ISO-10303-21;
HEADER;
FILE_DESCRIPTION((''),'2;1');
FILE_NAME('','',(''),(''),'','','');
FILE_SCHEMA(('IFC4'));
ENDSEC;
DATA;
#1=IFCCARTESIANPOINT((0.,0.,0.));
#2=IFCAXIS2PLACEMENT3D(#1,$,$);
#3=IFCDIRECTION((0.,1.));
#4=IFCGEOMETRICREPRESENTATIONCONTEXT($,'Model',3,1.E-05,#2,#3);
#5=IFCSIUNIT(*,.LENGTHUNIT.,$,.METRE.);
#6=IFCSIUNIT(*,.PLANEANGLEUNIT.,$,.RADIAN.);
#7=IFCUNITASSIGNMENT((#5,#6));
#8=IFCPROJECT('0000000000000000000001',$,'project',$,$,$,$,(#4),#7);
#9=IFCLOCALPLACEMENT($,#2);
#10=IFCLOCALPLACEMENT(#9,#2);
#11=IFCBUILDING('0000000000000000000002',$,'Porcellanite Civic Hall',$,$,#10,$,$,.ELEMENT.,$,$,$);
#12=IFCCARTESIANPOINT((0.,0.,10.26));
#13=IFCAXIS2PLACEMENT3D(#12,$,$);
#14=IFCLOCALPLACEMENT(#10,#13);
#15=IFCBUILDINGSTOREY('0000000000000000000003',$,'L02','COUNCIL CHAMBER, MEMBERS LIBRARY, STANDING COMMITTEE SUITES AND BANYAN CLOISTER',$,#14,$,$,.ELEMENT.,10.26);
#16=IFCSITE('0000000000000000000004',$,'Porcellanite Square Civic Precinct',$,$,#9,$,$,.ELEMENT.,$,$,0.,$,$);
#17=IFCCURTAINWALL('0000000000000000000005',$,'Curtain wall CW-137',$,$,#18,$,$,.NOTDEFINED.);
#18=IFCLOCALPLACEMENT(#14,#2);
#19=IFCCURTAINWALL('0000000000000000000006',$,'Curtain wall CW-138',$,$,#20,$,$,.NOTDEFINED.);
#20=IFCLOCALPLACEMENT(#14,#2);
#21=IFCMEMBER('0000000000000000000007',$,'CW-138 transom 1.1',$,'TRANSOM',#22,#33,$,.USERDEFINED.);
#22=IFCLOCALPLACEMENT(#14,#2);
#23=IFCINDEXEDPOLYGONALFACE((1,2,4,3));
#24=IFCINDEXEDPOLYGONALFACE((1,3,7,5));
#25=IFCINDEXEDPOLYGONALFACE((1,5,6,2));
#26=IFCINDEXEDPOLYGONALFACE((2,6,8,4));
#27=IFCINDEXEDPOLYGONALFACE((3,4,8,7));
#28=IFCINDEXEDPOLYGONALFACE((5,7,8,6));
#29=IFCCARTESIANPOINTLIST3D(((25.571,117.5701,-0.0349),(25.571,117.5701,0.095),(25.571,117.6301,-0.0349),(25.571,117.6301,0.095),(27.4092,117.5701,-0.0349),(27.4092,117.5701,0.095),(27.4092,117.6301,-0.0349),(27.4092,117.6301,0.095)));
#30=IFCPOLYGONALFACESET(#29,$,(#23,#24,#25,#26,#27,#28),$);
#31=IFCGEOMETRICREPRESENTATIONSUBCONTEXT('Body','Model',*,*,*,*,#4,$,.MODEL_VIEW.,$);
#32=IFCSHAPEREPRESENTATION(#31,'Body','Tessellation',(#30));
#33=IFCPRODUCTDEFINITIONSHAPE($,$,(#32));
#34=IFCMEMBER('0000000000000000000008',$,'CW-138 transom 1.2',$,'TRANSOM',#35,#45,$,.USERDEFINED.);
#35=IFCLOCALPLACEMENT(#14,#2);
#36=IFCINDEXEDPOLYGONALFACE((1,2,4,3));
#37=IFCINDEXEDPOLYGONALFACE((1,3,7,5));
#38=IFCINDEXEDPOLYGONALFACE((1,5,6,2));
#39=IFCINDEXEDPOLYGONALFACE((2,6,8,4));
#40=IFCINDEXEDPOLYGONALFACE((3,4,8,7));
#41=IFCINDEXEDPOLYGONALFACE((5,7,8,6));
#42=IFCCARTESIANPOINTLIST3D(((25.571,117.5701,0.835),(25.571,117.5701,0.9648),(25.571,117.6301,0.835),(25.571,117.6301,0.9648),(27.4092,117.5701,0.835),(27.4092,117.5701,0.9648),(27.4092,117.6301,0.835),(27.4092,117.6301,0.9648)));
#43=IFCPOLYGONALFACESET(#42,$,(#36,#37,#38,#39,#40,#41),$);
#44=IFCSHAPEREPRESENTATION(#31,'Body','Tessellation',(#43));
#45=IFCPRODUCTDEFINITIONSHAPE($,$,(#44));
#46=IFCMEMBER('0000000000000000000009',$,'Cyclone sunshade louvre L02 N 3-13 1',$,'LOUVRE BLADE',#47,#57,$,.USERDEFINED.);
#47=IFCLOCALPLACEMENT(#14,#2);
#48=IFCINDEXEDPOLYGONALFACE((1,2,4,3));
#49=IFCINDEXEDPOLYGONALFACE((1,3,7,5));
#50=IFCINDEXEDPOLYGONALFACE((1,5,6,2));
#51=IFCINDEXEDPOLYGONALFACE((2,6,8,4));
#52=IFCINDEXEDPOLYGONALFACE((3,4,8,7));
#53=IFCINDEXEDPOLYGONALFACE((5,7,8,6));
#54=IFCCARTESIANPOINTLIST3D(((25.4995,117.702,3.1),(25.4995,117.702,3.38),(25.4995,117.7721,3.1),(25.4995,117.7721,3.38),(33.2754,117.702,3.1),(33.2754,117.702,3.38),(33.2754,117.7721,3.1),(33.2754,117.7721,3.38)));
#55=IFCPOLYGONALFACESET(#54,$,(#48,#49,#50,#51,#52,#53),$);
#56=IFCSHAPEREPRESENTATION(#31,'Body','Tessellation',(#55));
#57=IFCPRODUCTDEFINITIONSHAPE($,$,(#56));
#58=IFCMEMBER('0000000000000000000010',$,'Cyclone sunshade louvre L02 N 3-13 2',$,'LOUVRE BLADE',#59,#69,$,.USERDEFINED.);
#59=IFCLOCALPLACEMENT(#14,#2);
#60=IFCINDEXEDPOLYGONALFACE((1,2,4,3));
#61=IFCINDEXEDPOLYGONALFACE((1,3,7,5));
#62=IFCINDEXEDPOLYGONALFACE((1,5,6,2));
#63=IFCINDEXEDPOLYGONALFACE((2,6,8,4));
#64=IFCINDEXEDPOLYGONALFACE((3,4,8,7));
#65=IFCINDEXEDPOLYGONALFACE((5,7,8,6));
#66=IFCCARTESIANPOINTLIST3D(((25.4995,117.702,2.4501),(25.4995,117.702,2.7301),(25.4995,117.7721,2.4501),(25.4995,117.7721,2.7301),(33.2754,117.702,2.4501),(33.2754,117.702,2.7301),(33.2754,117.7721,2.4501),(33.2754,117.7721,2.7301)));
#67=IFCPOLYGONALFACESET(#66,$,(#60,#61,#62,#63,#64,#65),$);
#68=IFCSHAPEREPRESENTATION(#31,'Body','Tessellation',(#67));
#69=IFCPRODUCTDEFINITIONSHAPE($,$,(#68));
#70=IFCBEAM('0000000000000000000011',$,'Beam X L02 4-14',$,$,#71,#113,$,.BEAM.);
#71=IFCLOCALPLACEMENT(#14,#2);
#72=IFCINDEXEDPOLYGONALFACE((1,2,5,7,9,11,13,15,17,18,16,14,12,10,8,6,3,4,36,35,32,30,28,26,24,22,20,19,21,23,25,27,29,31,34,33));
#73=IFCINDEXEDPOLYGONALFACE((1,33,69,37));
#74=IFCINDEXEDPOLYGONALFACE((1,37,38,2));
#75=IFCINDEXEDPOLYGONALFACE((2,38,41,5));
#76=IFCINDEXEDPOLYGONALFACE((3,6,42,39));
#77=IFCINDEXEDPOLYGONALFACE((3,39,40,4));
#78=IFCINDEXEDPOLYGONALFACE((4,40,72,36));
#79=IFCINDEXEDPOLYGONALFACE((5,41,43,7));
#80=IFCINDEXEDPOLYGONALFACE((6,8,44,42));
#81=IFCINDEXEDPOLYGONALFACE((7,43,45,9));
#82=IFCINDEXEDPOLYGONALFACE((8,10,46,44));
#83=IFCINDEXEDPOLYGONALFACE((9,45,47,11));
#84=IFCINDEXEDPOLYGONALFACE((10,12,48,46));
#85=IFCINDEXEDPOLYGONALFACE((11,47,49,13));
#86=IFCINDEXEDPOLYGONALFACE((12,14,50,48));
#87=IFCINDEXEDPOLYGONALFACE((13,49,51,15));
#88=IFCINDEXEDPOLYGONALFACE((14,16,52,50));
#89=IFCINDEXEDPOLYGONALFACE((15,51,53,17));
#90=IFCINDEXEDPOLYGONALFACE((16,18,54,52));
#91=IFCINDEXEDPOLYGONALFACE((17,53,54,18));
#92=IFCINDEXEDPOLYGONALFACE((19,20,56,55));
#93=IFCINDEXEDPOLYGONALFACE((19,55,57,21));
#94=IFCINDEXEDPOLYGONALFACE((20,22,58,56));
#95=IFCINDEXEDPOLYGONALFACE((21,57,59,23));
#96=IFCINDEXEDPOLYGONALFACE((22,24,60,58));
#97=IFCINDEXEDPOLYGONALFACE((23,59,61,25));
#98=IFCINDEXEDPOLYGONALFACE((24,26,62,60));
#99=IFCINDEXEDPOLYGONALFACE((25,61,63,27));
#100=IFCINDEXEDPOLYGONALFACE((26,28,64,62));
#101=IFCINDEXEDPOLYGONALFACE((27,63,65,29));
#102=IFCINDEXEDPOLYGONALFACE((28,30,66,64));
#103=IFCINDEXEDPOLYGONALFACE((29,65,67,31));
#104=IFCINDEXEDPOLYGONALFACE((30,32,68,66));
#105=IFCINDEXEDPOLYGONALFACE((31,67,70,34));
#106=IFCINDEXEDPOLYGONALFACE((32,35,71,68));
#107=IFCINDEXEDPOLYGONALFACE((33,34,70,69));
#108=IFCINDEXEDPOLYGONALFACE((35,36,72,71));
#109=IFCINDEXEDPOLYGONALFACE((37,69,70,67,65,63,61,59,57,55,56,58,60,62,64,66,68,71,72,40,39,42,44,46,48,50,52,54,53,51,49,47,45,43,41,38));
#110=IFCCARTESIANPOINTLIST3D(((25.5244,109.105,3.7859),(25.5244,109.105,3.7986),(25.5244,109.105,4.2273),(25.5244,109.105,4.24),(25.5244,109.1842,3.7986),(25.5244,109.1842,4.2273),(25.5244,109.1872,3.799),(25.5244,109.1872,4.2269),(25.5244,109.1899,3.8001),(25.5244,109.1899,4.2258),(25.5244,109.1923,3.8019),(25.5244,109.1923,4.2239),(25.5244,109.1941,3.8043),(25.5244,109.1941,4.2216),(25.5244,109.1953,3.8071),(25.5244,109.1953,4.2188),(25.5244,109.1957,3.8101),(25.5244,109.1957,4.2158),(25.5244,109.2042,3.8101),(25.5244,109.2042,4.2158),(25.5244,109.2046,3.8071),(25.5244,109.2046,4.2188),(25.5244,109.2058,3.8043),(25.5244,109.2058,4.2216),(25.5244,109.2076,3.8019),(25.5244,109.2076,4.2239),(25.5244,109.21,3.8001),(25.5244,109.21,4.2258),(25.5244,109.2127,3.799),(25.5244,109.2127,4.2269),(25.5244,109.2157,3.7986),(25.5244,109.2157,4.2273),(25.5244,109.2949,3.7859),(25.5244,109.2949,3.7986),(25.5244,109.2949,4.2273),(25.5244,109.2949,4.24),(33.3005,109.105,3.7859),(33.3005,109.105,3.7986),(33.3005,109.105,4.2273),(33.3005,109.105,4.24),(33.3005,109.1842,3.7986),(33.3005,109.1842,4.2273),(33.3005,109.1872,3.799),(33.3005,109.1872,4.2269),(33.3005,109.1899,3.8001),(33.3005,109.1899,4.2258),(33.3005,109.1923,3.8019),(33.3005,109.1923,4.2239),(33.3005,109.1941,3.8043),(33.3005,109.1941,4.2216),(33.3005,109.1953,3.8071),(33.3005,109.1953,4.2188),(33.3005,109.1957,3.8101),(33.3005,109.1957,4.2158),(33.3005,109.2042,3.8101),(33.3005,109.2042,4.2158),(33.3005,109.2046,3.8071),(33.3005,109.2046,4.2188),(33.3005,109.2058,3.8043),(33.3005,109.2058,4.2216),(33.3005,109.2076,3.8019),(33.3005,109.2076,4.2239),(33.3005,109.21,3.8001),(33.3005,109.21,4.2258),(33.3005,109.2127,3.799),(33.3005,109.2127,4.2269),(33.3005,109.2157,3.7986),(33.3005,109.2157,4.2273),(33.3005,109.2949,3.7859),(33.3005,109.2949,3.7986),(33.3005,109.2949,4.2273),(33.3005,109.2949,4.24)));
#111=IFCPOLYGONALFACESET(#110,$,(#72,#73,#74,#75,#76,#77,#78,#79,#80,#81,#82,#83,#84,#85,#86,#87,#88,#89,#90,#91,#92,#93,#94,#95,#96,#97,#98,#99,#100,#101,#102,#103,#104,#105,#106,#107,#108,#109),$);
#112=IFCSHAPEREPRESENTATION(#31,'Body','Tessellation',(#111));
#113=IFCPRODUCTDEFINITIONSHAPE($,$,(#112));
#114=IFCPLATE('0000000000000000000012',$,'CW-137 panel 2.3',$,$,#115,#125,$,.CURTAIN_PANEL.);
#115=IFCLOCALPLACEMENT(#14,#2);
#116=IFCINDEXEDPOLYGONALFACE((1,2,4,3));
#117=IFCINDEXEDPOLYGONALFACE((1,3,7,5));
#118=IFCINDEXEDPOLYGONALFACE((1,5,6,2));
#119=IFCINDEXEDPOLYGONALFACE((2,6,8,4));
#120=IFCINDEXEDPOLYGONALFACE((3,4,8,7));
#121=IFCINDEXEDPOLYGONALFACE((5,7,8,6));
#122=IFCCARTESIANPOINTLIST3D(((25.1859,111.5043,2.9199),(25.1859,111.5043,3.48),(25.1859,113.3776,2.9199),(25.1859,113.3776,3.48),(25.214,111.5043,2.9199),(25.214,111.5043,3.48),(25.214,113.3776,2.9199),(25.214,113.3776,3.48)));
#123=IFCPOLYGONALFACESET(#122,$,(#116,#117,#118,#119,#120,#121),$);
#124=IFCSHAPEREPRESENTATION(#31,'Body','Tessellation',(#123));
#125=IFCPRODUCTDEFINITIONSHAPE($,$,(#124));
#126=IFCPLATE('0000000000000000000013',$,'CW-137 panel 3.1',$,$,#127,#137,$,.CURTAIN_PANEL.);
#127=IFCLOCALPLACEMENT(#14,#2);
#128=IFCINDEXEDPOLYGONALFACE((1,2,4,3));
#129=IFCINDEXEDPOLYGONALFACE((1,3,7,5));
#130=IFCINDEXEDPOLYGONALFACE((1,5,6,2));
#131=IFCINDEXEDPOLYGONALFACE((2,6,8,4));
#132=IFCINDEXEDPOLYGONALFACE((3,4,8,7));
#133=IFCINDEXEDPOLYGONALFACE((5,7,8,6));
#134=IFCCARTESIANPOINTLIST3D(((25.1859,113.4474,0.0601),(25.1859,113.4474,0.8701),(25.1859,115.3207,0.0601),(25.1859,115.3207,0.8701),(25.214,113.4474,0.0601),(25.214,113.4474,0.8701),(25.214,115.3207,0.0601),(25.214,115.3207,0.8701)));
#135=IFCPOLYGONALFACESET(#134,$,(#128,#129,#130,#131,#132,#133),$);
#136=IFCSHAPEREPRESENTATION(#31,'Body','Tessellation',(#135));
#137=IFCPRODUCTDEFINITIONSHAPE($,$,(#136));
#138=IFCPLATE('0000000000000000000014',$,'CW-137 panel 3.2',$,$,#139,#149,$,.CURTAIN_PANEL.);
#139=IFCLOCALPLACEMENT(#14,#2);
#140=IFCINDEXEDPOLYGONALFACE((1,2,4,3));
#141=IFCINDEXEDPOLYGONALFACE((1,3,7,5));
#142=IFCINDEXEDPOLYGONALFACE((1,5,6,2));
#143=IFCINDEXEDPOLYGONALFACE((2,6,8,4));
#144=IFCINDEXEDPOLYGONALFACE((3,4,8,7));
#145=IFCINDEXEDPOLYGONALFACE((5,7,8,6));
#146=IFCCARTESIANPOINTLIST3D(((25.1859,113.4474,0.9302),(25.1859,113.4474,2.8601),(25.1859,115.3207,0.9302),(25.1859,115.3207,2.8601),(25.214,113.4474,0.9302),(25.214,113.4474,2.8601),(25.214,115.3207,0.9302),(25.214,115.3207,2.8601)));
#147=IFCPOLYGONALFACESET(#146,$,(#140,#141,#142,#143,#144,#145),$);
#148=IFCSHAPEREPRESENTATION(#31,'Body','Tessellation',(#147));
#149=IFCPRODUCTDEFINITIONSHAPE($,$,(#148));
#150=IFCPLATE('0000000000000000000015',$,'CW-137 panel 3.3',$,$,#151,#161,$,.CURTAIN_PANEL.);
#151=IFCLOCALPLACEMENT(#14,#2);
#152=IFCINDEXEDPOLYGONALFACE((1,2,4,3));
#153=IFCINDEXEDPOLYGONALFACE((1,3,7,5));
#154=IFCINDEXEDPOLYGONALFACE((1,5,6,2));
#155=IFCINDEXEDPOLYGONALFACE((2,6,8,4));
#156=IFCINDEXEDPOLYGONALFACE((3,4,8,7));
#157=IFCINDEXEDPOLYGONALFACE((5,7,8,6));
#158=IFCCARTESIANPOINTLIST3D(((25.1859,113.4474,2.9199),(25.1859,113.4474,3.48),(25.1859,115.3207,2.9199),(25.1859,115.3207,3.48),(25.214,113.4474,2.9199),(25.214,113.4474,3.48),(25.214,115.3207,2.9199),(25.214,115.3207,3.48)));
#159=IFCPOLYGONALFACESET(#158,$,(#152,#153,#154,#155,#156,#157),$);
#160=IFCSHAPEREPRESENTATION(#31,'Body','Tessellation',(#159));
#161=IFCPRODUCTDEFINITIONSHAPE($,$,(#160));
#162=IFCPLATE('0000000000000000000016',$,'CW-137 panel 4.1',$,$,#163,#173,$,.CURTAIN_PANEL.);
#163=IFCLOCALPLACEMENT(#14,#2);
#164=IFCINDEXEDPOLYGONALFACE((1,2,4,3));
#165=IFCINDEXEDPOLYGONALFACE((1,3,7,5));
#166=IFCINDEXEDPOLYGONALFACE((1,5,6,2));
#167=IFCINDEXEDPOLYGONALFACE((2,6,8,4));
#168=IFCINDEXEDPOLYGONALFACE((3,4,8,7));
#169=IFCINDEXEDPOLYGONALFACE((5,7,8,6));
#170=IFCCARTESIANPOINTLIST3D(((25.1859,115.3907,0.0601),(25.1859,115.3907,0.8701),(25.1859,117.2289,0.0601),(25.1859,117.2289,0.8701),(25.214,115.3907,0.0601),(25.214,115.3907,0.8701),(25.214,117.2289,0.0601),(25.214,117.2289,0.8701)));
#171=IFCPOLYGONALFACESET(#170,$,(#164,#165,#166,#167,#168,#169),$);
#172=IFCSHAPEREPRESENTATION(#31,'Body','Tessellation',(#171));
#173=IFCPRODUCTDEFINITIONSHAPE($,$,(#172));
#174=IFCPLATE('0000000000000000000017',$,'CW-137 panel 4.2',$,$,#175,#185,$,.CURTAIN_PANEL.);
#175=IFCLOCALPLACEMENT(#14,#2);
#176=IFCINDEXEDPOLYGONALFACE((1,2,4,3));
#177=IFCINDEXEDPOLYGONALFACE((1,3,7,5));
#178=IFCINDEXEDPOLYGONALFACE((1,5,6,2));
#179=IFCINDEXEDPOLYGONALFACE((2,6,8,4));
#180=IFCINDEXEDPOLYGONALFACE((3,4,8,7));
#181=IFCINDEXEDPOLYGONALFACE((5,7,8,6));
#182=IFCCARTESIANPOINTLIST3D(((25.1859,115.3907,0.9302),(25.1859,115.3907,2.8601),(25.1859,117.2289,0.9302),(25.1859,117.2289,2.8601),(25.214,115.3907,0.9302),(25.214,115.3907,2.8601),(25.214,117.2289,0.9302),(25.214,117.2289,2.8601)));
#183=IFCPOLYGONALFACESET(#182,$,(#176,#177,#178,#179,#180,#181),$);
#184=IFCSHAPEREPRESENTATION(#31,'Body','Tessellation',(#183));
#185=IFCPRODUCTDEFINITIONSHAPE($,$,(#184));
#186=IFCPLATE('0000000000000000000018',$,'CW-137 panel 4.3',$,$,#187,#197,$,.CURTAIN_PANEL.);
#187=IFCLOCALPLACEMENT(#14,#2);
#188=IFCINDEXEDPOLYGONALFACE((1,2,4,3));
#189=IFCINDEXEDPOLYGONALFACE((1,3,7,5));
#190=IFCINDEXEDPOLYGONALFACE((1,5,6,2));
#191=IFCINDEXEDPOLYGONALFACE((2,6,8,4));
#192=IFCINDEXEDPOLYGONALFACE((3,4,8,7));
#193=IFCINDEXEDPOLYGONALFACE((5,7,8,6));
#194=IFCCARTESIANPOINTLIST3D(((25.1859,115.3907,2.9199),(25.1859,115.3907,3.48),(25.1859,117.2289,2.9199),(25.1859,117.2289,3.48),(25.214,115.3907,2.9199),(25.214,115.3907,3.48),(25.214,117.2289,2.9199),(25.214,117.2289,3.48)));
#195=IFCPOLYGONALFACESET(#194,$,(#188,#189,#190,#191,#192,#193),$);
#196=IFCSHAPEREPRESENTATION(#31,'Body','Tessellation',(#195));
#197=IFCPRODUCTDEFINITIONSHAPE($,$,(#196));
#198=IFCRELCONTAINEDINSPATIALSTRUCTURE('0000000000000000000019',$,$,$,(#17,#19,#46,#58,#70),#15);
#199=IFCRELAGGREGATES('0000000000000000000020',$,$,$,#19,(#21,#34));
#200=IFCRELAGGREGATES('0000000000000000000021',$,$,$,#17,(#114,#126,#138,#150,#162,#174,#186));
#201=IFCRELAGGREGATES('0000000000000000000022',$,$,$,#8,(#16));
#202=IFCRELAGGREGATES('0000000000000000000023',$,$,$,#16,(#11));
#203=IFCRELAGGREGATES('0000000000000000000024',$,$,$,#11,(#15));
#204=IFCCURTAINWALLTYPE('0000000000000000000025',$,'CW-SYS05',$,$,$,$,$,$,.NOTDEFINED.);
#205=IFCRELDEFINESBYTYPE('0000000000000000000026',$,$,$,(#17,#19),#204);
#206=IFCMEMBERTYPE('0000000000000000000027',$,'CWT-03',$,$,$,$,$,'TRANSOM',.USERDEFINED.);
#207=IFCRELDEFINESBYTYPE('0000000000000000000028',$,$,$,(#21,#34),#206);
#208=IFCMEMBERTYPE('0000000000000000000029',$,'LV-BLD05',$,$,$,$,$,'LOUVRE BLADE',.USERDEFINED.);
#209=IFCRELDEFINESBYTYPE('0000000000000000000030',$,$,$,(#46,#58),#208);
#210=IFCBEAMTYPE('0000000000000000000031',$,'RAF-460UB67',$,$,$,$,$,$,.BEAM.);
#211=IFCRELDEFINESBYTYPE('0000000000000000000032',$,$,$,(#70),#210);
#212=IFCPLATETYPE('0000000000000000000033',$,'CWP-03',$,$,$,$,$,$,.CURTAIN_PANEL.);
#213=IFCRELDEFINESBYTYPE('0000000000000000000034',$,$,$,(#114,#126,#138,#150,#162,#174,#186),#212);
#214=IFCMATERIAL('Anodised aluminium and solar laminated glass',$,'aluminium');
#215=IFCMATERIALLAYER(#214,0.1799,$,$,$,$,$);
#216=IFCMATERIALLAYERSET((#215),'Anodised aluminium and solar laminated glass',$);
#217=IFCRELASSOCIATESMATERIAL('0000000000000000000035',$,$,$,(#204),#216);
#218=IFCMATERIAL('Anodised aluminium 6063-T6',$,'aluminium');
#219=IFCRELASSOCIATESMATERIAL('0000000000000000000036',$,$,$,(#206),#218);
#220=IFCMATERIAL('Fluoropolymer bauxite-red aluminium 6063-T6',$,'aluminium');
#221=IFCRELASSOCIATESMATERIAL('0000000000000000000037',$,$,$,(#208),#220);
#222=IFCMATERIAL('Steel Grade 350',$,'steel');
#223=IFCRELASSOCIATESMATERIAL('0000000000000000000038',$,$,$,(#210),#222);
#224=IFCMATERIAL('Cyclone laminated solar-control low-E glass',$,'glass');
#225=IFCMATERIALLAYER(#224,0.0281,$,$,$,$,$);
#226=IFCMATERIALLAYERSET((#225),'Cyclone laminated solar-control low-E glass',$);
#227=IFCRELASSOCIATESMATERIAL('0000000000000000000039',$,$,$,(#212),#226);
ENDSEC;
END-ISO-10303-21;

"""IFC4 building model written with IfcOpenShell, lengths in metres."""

from ifc_helpers import new_model, si_unit, direction, frame, origin, origin_2d, place, context, subcontext, project, spatial, rectangle, i_section, extrude, material, layer, layer_set, material_profile, profile_set, type_object, element, aggregate, save


model = new_model("IFC4")

# Units and contexts
model_context = context("Model", 3, precision=1e-05, world=origin(), true_north=direction((0.0, 1.0)))
body_context = subcontext(model_context, "Body", "Model", "MODEL_VIEW")
ifc_project = project(units=[si_unit("LENGTHUNIT", "METRE"), si_unit("PLANEANGLEUNIT", "RADIAN")], contexts=[model_context])

# Site, building, storey
site_placement = place(None, origin())
site = spatial("IfcSite", under=ifc_project, at=site_placement, Name="Porcellanite Square Civic Precinct", CompositionType="ELEMENT", RefElevation=0.0)
building_placement = place(site_placement, origin())
building = spatial("IfcBuilding", under=site, at=building_placement, Name="Porcellanite Civic Hall", CompositionType="ELEMENT")
storey_placement = place(building_placement, frame((0.0, 0.0, 10.26)))
storey = spatial("IfcBuildingStorey", under=building, at=storey_placement, Name="L02", Description="COUNCIL CHAMBER, MEMBERS LIBRARY, STANDING COMMITTEE SUITES AND BANYAN CLOISTER", CompositionType="ELEMENT", Elevation=10.26)

# Curtain wall
ifc_material_1 = material(Name="Anodised aluminium and solar laminated glass", Category="aluminium")
ifc_layer_1 = layer(ifc_material_1, 0.1799)
ifc_layer_set_1 = layer_set([ifc_layer_1], Name="Anodised aluminium and solar laminated glass")
curtain_wall_type = type_object("IfcCurtainWallType", Name="CW-SYS05", PredefinedType="NOTDEFINED", material=ifc_layer_set_1)
curtain_wall_1_placement = place(storey_placement, origin())
curtain_wall_1 = element("IfcCurtainWall", 1, at=curtain_wall_1_placement, inside=storey, type_object=curtain_wall_type, Name="Curtain wall CW-137", PredefinedType="NOTDEFINED")

# Curtain wall
curtain_wall_2_placement = place(storey_placement, origin())
curtain_wall_2 = element("IfcCurtainWall", 2, at=curtain_wall_2_placement, inside=storey, type_object=curtain_wall_type, Name="Curtain wall CW-138", PredefinedType="NOTDEFINED")

# Members
ifc_material_2 = material(Name="Anodised aluminium 6063-T6", Category="aluminium")
ifc_material_profile_1 = material_profile(ifc_material_2, rectangle(XDim=0.0601, YDim=0.1299, at=origin_2d()), Name="AL-60x130")
ifc_profile_set_1 = profile_set([ifc_material_profile_1], Name="Anodised aluminium 6063-T6")
member_type_1 = type_object("IfcMemberType", Name="CWT-03", ElementType="TRANSOM", PredefinedType="USERDEFINED", material=ifc_profile_set_1)
member_1_placement = place(storey_placement, frame((25.571, 117.6001, 0.03), z_axis=(1.0, 0.0, 0.0), x_axis=(0.0, 1.0, 0.0)))
member_1 = element("IfcMember", 3, at=member_1_placement, type_object=member_type_1, Name="CW-138 transom 1.1", ObjectType="TRANSOM", PredefinedType="USERDEFINED", context=body_context, shape_type="SweptSolid", body=[
    extrude(rectangle(XDim=0.0601, YDim=0.1299, at=origin_2d()), origin(), (0.0, 0.0, 1.0), 1.8381),
])
member_2_placement = place(storey_placement, frame((25.571, 117.6001, 0.8999), z_axis=(1.0, 0.0, 0.0), x_axis=(0.0, 1.0, 0.0)))
member_2 = element("IfcMember", 4, at=member_2_placement, type_object=member_type_1, Name="CW-138 transom 1.2", ObjectType="TRANSOM", PredefinedType="USERDEFINED", context=body_context, shape_type="SweptSolid", body=[
    extrude(rectangle(XDim=0.0601, YDim=0.1299, at=origin_2d()), origin(), (0.0, 0.0, 1.0), 1.8381),
])
aggregate(curtain_wall_2, [member_1, member_2])

# Members
ifc_material_3 = material(Name="Fluoropolymer bauxite-red aluminium 6063-T6", Category="aluminium")
ifc_material_profile_2 = material_profile(ifc_material_3, rectangle(XDim=0.0701, YDim=0.28, at=origin_2d()), Name="AL-70x280")
ifc_profile_set_2 = profile_set([ifc_material_profile_2], Name="Fluoropolymer bauxite-red aluminium 6063-T6")
member_type_2 = type_object("IfcMemberType", Name="LV-BLD05", ElementType="LOUVRE BLADE", PredefinedType="USERDEFINED", material=ifc_profile_set_2)
for number, where, z_axis, x_axis, name in (
    (5, (25.4995, 117.7371, 3.24), (1.0, 0.0, 0.0), (0.0, 1.0, 0.0), "Cyclone sunshade louvre L02 N 3-13 1"),
    (6, (25.4995, 117.7371, 2.5901), (1.0, 0.0, 0.0), (0.0, 1.0, 0.0), "Cyclone sunshade louvre L02 N 3-13 2"),
):
    element("IfcMember", number, at=place(storey_placement, frame(where, z_axis=z_axis, x_axis=x_axis)), inside=storey, type_object=member_type_2, Name=name, ObjectType="LOUVRE BLADE", PredefinedType="USERDEFINED", context=body_context, shape_type="SweptSolid", body=[
        extrude(rectangle(XDim=0.0701, YDim=0.28, at=origin_2d()), origin(), (0.0, 0.0, 1.0), 7.7759),
    ])

# Beam
ifc_material_4 = material(Name="Steel Grade 350", Category="steel")
ifc_material_profile_3 = material_profile(ifc_material_4, i_section(OverallWidth=0.1899, OverallDepth=0.4541, WebThickness=0.0085, FlangeThickness=0.0127, FilletRadius=0.0115, at=origin_2d()), Name="460UB67.1")
ifc_profile_set_3 = profile_set([ifc_material_profile_3], Name="Steel Grade 350")
beam_type_1 = type_object("IfcBeamType", Name="RAF-460UB67", PredefinedType="BEAM", material=ifc_profile_set_3)
beam_1_placement = place(storey_placement, frame((25.5244, 109.2, 4.0129), z_axis=(1.0, 0.0, 0.0), x_axis=(0.0, 1.0, 0.0)))
element("IfcBeam", 7, at=beam_1_placement, inside=storey, type_object=beam_type_1, Name="Beam X L02 4-14", PredefinedType="BEAM", context=body_context, shape_type="SweptSolid", body=[
    extrude(i_section(OverallWidth=0.1899, OverallDepth=0.4541, WebThickness=0.0085, FlangeThickness=0.0127, FilletRadius=0.0115, at=origin_2d()), origin(), (0.0, 0.0, 1.0), 7.7761),
])

# Plates
ifc_material_5 = material(Name="Cyclone laminated solar-control low-E glass", Category="glass")
ifc_layer_2 = layer(ifc_material_5, 0.0281)
ifc_layer_set_2 = layer_set([ifc_layer_2], Name="Cyclone laminated solar-control low-E glass")
plate_type = type_object("IfcPlateType", Name="CWP-03", PredefinedType="CURTAIN_PANEL", material=ifc_layer_set_2)
plate_1_placement = place(storey_placement, frame((25.2, 112.4409, 2.9199), z_axis=(0.0, 0.0, 1.0), x_axis=(0.0, 1.0, 0.0)))
plate_1 = element("IfcPlate", 8, at=plate_1_placement, type_object=plate_type, Name="CW-137 panel 2.3", PredefinedType="CURTAIN_PANEL", context=body_context, shape_type="SweptSolid", body=[
    extrude(rectangle(XDim=1.8733, YDim=0.0281, at=origin_2d()), origin(), (0.0, 0.0, 1.0), 0.5601),
])
plate_2_placement = place(storey_placement, frame((25.2, 114.384, 0.0601), z_axis=(0.0, 0.0, 1.0), x_axis=(0.0, 1.0, 0.0)))
plate_2 = element("IfcPlate", 9, at=plate_2_placement, type_object=plate_type, Name="CW-137 panel 3.1", PredefinedType="CURTAIN_PANEL", context=body_context, shape_type="SweptSolid", body=[
    extrude(rectangle(XDim=1.8733, YDim=0.0281, at=origin_2d()), origin(), (0.0, 0.0, 1.0), 0.8101),
])
plate_3_placement = place(storey_placement, frame((25.2, 114.384, 0.9302), z_axis=(0.0, 0.0, 1.0), x_axis=(0.0, 1.0, 0.0)))
plate_3 = element("IfcPlate", 10, at=plate_3_placement, type_object=plate_type, Name="CW-137 panel 3.2", PredefinedType="CURTAIN_PANEL", context=body_context, shape_type="SweptSolid", body=[
    extrude(rectangle(XDim=1.8733, YDim=0.0281, at=origin_2d()), origin(), (0.0, 0.0, 1.0), 1.9299),
])
plate_4_placement = place(storey_placement, frame((25.2, 114.384, 2.9199), z_axis=(0.0, 0.0, 1.0), x_axis=(0.0, 1.0, 0.0)))
plate_4 = element("IfcPlate", 11, at=plate_4_placement, type_object=plate_type, Name="CW-137 panel 3.3", PredefinedType="CURTAIN_PANEL", context=body_context, shape_type="SweptSolid", body=[
    extrude(rectangle(XDim=1.8733, YDim=0.0281, at=origin_2d()), origin(), (0.0, 0.0, 1.0), 0.5601),
])
plate_5_placement = place(storey_placement, frame((25.2, 116.3098, 0.0601), z_axis=(0.0, 0.0, 1.0), x_axis=(0.0, 1.0, 0.0)))
plate_5 = element("IfcPlate", 12, at=plate_5_placement, type_object=plate_type, Name="CW-137 panel 4.1", PredefinedType="CURTAIN_PANEL", context=body_context, shape_type="SweptSolid", body=[
    extrude(rectangle(XDim=1.8381, YDim=0.0281, at=origin_2d()), origin(), (0.0, 0.0, 1.0), 0.8101),
])
plate_6_placement = place(storey_placement, frame((25.2, 116.3098, 0.9302), z_axis=(0.0, 0.0, 1.0), x_axis=(0.0, 1.0, 0.0)))
plate_6 = element("IfcPlate", 13, at=plate_6_placement, type_object=plate_type, Name="CW-137 panel 4.2", PredefinedType="CURTAIN_PANEL", context=body_context, shape_type="SweptSolid", body=[
    extrude(rectangle(XDim=1.8381, YDim=0.0281, at=origin_2d()), origin(), (0.0, 0.0, 1.0), 1.9299),
])
plate_7_placement = place(storey_placement, frame((25.2, 116.3098, 2.9199), z_axis=(0.0, 0.0, 1.0), x_axis=(0.0, 1.0, 0.0)))
plate_7 = element("IfcPlate", 14, at=plate_7_placement, type_object=plate_type, Name="CW-137 panel 4.3", PredefinedType="CURTAIN_PANEL", context=body_context, shape_type="SweptSolid", body=[
    extrude(rectangle(XDim=1.8381, YDim=0.0281, at=origin_2d()), origin(), (0.0, 0.0, 1.0), 0.5601),
])
aggregate(curtain_wall_1, [plate_1, plate_2, plate_3, plate_4, plate_5, plate_6, plate_7])

save(model, "model.ifc")
